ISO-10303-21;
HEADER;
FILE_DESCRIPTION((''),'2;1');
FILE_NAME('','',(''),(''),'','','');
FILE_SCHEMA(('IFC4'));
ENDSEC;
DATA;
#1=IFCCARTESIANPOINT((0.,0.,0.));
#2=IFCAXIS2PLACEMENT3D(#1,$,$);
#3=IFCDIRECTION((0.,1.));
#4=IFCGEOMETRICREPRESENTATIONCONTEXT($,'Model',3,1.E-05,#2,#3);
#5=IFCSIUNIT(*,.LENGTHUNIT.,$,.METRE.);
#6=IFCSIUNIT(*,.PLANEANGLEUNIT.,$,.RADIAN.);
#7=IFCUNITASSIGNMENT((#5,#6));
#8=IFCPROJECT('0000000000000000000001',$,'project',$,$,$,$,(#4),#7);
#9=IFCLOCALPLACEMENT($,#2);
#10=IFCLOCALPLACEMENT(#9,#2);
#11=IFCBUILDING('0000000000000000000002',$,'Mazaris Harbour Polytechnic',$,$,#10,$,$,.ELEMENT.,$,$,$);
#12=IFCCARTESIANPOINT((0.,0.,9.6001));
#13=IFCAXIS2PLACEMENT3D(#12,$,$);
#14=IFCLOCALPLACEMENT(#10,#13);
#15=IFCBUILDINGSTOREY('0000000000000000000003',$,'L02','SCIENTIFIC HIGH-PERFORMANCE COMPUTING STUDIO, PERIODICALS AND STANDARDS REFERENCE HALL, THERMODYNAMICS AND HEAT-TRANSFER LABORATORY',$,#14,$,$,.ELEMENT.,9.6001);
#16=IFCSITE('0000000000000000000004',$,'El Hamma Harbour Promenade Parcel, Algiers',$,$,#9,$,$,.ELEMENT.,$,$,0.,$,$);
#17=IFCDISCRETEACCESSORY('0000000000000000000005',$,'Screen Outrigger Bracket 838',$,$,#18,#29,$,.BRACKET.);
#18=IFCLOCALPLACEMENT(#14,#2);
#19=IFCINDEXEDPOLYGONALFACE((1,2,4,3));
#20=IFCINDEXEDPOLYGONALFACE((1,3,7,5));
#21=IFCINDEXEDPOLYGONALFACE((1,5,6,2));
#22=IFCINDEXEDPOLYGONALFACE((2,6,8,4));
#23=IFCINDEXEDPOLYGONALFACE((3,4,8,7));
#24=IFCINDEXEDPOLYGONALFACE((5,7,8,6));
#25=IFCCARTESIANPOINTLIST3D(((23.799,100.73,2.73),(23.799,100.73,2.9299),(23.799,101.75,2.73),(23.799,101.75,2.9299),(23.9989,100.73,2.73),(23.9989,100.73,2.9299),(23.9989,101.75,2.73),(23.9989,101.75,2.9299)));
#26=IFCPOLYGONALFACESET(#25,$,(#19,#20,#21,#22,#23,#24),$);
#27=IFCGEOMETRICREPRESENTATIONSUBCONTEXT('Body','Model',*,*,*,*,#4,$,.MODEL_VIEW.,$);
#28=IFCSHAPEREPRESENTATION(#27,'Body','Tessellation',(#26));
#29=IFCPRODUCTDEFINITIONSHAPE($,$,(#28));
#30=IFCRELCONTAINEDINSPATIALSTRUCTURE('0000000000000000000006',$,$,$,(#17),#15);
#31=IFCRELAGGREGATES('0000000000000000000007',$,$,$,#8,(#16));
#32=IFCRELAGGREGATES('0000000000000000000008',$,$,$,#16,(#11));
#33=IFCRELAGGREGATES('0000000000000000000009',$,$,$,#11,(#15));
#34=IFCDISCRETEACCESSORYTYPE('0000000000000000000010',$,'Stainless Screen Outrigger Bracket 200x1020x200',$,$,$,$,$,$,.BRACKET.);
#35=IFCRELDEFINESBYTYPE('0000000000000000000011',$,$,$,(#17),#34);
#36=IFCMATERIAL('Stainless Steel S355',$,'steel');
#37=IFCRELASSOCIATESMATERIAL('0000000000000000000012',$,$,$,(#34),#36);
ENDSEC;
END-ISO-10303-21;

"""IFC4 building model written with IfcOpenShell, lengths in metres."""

from ifc_helpers import new_model, si_unit, direction, frame, origin, origin_2d, place, context, subcontext, project, spatial, rectangle, extrude, material, type_object, element, save


model = new_model("IFC4")

# Units and contexts
model_context = context("Model", 3, precision=1e-05, world=origin(), true_north=direction((0.0, 1.0)))
body_context = subcontext(model_context, "Body", "Model", "MODEL_VIEW")
ifc_project = project(units=[si_unit("LENGTHUNIT", "METRE"), si_unit("PLANEANGLEUNIT", "RADIAN")], contexts=[model_context])

# Site, building, storey
site_placement = place(None, origin())
site = spatial("IfcSite", under=ifc_project, at=site_placement, Name="El Hamma Harbour Promenade Parcel, Algiers", CompositionType="ELEMENT", RefElevation=0.0)
building_placement = place(site_placement, origin())
building = spatial("IfcBuilding", under=site, at=building_placement, Name="Mazaris Harbour Polytechnic", CompositionType="ELEMENT")
storey_placement = place(building_placement, frame((0.0, 0.0, 9.6001)))
storey = spatial("IfcBuildingStorey", under=building, at=storey_placement, Name="L02", Description="SCIENTIFIC HIGH-PERFORMANCE COMPUTING STUDIO, PERIODICALS AND STANDARDS REFERENCE HALL, THERMODYNAMICS AND HEAT-TRANSFER LABORATORY", CompositionType="ELEMENT", Elevation=9.6001)

# Discrete accessory
ifc_material_1 = material(Name="Stainless Steel S355", Category="steel")
discrete_accessory_type = type_object("IfcDiscreteAccessoryType", Name="Stainless Screen Outrigger Bracket 200x1020x200", PredefinedType="BRACKET", material=ifc_material_1)
for number, where, z_axis, x_axis, name in (
    (1, (23.8989, 101.24, 2.73), (0.0, 0.0, 1.0), (1.0, 0.0, 0.0), "Screen Outrigger Bracket 838"),
):
    element("IfcDiscreteAccessory", number, at=place(storey_placement, frame(where, z_axis=z_axis, x_axis=x_axis)), inside=storey, type_object=discrete_accessory_type, Name=name, PredefinedType="BRACKET", context=body_context, shape_type="SweptSolid", body=[
        extrude(rectangle(XDim=0.2, YDim=1.02, at=origin_2d()), origin(), (0.0, 0.0, 1.0), 0.2),
    ])

save(model, "model.ifc")
